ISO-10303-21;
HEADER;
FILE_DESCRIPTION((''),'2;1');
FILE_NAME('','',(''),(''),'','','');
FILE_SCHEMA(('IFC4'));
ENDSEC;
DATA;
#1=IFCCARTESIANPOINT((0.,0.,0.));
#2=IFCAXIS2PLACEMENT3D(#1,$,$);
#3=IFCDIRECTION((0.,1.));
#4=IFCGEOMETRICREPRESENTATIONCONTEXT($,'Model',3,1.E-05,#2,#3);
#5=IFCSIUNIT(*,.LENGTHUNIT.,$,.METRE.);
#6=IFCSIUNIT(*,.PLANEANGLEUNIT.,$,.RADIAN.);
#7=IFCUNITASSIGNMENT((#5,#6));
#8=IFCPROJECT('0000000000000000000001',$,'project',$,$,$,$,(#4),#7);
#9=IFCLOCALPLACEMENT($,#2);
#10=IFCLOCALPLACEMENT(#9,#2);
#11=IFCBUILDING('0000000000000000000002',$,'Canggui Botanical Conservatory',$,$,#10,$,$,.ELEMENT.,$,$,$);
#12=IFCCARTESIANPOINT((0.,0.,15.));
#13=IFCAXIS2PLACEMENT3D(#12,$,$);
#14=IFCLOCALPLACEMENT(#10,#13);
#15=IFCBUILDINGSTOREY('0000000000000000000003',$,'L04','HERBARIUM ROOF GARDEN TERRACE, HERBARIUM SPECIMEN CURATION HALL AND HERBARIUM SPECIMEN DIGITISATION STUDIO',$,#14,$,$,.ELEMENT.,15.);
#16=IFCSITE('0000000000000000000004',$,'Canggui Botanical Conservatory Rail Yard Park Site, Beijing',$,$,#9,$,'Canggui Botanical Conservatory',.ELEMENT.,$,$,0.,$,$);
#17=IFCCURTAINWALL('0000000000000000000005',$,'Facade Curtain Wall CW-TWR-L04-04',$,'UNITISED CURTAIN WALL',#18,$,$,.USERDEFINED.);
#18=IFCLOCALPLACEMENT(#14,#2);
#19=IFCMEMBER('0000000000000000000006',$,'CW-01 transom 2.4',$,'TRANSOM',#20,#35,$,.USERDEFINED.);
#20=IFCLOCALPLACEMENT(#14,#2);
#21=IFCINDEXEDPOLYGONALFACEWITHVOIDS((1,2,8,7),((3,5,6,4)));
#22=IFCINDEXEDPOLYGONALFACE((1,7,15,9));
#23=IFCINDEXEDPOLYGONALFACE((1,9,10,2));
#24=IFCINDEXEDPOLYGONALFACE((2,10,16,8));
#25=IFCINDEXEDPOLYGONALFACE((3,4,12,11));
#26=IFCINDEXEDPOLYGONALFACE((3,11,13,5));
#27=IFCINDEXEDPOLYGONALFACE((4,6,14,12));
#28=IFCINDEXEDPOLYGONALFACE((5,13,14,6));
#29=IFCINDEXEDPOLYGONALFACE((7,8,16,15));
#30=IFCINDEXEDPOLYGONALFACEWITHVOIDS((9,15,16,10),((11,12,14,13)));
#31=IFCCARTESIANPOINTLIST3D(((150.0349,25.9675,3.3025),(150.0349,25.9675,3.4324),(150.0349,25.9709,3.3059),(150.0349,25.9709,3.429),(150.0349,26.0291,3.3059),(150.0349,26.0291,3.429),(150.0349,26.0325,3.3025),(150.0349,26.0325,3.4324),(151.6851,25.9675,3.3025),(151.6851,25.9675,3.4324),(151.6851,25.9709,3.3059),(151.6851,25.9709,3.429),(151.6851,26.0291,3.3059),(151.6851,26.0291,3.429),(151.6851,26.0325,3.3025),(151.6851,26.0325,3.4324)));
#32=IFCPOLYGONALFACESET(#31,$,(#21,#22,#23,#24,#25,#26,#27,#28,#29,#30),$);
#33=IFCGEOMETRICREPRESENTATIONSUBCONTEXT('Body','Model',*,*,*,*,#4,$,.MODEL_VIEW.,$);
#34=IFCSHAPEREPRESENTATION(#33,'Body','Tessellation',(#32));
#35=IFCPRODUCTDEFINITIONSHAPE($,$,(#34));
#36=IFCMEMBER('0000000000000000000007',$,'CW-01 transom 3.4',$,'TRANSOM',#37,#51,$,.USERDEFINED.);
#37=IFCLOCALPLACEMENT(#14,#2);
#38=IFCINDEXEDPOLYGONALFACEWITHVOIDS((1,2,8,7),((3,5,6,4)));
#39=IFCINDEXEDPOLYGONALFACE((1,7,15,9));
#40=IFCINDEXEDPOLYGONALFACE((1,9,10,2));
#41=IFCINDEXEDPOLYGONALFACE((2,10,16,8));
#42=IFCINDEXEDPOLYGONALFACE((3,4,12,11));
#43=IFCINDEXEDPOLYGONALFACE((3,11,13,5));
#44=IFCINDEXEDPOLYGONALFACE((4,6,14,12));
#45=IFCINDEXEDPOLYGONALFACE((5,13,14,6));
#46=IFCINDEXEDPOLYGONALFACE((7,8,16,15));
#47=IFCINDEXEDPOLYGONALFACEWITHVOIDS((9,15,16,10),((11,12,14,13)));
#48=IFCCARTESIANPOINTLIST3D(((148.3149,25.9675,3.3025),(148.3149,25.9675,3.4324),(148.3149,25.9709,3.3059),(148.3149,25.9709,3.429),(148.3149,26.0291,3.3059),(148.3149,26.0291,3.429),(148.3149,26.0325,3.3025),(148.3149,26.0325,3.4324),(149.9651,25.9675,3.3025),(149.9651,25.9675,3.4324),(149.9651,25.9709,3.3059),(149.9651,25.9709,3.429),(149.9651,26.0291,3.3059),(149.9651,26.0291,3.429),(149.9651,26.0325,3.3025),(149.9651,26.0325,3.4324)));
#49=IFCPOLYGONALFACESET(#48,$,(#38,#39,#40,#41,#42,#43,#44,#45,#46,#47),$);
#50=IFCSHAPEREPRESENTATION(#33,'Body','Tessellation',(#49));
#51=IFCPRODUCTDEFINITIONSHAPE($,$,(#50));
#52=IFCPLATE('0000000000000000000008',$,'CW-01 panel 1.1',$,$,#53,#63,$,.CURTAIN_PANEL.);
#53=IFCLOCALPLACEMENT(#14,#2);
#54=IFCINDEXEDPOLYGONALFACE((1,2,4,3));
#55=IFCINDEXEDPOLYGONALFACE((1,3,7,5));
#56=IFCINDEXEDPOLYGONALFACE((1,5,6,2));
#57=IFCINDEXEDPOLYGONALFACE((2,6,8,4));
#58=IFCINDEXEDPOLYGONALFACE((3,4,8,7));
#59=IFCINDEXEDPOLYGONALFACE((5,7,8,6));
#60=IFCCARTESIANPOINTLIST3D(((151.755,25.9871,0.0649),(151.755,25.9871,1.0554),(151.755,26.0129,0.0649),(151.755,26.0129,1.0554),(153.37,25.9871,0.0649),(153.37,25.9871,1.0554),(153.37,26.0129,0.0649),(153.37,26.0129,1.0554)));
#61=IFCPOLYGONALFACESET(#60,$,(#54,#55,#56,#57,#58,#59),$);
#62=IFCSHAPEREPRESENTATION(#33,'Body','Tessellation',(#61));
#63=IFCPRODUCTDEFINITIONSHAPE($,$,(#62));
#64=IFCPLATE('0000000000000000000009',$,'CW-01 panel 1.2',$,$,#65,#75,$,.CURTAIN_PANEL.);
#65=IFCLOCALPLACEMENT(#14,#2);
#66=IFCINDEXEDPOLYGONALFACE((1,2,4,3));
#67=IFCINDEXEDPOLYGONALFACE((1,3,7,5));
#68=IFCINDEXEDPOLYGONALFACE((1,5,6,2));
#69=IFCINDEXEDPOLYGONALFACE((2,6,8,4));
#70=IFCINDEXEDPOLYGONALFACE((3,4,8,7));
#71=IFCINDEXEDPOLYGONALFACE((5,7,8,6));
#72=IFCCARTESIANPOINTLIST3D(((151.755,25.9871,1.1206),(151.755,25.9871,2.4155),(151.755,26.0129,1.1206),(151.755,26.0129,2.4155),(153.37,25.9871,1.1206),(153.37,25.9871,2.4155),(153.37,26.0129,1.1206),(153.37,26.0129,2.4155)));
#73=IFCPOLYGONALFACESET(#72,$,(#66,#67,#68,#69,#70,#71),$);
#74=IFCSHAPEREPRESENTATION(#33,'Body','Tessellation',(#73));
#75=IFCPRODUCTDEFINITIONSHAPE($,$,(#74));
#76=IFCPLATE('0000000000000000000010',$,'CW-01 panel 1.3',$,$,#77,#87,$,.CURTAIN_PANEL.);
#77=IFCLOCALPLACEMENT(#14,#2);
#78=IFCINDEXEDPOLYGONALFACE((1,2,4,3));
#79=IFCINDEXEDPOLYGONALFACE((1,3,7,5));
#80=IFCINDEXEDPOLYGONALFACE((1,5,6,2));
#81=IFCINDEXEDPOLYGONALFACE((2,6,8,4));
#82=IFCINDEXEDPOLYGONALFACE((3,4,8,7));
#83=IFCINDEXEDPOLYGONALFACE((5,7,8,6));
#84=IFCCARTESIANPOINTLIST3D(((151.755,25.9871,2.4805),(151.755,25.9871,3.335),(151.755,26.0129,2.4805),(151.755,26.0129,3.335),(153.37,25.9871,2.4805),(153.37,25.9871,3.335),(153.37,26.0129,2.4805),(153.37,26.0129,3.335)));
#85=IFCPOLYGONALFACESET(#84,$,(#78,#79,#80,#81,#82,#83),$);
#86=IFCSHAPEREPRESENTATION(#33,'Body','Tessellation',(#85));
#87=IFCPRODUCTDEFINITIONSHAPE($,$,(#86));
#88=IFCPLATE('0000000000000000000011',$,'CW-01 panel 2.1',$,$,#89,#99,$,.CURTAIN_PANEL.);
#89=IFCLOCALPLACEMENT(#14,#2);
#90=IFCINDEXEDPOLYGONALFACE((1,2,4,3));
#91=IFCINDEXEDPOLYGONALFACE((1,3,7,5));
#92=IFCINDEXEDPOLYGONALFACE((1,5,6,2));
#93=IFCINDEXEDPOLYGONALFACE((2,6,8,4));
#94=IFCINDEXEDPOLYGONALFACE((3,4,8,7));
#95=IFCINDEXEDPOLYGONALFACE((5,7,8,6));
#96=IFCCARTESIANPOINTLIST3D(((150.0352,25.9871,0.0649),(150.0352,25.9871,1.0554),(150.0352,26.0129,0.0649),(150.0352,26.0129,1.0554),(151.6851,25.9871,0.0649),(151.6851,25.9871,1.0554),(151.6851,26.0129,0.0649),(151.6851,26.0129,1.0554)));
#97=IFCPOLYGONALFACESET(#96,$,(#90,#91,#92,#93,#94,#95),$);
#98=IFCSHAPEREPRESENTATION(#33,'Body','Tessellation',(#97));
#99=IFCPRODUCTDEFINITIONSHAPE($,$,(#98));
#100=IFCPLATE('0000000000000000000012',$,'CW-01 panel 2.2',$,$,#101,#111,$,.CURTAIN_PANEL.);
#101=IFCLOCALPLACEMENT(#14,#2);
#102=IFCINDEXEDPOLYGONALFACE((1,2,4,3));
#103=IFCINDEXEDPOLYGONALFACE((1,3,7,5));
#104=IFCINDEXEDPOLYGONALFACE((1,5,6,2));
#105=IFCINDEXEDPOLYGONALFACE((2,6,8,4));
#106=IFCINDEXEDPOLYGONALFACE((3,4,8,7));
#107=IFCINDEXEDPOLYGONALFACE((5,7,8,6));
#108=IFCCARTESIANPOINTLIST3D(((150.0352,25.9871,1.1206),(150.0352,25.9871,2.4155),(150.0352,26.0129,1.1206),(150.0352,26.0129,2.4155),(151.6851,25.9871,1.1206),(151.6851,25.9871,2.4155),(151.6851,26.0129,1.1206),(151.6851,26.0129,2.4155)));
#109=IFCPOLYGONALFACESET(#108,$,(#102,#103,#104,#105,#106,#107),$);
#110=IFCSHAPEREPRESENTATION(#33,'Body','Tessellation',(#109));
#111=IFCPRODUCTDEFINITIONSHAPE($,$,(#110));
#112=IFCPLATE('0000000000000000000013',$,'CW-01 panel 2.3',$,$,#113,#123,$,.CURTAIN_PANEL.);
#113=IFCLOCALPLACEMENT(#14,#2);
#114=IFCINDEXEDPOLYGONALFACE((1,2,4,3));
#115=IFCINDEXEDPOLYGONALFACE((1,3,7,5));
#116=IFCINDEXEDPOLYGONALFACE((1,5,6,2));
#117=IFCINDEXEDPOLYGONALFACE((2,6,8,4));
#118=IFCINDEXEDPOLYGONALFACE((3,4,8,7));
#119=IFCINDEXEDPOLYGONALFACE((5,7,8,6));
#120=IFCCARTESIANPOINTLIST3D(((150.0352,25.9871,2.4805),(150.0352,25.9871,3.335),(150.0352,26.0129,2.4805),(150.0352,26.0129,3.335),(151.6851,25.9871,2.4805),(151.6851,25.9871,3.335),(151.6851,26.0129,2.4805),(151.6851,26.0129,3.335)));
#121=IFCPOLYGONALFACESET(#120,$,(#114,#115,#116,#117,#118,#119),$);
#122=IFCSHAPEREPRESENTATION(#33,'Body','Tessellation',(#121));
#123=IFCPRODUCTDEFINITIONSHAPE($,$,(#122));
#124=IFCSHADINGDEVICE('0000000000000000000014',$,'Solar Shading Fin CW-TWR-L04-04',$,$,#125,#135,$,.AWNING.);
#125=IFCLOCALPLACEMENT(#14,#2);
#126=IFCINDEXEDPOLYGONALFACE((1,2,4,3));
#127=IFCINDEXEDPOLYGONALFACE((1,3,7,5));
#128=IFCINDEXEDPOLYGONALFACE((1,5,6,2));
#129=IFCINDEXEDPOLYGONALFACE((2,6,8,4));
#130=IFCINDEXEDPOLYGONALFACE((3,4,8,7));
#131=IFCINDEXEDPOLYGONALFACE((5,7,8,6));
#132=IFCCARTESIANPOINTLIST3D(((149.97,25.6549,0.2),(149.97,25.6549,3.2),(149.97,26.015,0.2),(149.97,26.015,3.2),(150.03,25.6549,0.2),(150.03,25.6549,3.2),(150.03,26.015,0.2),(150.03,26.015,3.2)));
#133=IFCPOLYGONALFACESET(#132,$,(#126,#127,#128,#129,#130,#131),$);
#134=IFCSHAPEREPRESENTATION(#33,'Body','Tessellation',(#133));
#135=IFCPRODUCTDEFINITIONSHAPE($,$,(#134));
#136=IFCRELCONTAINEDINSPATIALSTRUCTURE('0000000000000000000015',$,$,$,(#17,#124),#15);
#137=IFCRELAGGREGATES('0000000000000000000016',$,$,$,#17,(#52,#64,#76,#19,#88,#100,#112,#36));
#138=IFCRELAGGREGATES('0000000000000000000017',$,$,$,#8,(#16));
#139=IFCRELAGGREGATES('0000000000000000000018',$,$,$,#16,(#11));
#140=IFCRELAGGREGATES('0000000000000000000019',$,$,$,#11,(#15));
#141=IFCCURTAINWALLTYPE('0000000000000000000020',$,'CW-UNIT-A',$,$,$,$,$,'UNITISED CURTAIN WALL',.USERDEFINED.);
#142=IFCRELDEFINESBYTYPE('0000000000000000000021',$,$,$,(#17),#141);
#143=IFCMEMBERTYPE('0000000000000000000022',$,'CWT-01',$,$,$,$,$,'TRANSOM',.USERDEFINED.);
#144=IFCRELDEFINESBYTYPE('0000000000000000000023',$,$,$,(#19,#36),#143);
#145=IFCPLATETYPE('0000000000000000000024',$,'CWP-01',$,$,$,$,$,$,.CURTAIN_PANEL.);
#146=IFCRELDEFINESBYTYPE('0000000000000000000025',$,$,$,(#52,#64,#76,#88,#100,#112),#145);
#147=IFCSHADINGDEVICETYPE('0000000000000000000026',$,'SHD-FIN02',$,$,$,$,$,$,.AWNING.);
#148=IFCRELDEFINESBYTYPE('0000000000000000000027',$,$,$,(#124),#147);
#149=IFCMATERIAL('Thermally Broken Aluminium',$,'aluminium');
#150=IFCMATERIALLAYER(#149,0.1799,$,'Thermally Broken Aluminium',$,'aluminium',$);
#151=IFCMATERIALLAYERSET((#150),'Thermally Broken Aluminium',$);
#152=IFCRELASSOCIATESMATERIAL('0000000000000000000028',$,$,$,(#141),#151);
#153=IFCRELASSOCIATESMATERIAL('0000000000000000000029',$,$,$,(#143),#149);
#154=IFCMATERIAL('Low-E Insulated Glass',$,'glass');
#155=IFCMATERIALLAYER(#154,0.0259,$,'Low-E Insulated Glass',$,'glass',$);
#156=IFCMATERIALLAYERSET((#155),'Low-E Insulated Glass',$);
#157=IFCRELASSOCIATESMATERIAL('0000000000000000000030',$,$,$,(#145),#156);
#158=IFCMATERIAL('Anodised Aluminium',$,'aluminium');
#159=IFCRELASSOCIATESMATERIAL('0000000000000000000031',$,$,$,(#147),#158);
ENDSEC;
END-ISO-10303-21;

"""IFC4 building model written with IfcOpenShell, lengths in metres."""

from ifc_helpers import new_model, si_unit, direction, frame, origin, origin_2d, place, context, subcontext, project, spatial, rectangle, hollow_rectangle, extrude, material, layer, layer_set, material_profile, profile_set, type_object, element, aggregate, save


model = new_model("IFC4")

# Units and contexts
model_context = context("Model", 3, precision=1e-05, world=origin(), true_north=direction((0.0, 1.0)))
body_context = subcontext(model_context, "Body", "Model", "MODEL_VIEW")
ifc_project = project(units=[si_unit("LENGTHUNIT", "METRE"), si_unit("PLANEANGLEUNIT", "RADIAN")], contexts=[model_context])

# Site, building, storey
site_placement = place(None, origin())
site = spatial("IfcSite", under=ifc_project, at=site_placement, Name="Canggui Botanical Conservatory Rail Yard Park Site, Beijing", LongName="Canggui Botanical Conservatory", CompositionType="ELEMENT", RefElevation=0.0)
building_placement = place(site_placement, origin())
building = spatial("IfcBuilding", under=site, at=building_placement, Name="Canggui Botanical Conservatory", CompositionType="ELEMENT")
storey_placement = place(building_placement, frame((0.0, 0.0, 15.0)))
storey = spatial("IfcBuildingStorey", under=building, at=storey_placement, Name="L04", Description="HERBARIUM ROOF GARDEN TERRACE, HERBARIUM SPECIMEN CURATION HALL AND HERBARIUM SPECIMEN DIGITISATION STUDIO", CompositionType="ELEMENT", Elevation=15.0)

# Curtain wall, members, plates
ifc_material_1 = material(Name="Thermally Broken Aluminium", Category="aluminium")
ifc_layer_1 = layer(ifc_material_1, 0.1799, Name="Thermally Broken Aluminium", Category="aluminium")
ifc_layer_set_1 = layer_set([ifc_layer_1], Name="Thermally Broken Aluminium")
curtain_wall_type = type_object("IfcCurtainWallType", Name="CW-UNIT-A", ElementType="UNITISED CURTAIN WALL", PredefinedType="USERDEFINED", material=ifc_layer_set_1)
curtain_wall_placement = place(storey_placement, origin())
curtain_wall = element("IfcCurtainWall", 1, at=curtain_wall_placement, inside=storey, type_object=curtain_wall_type, Name="Facade Curtain Wall CW-TWR-L04-04", ObjectType="UNITISED CURTAIN WALL", PredefinedType="USERDEFINED")
ifc_material_profile_1 = material_profile(ifc_material_1, hollow_rectangle(XDim=0.0649, YDim=0.1299, WallThickness=0.0034, at=origin_2d()), Name="CWT 65x130x3.5")
ifc_profile_set_1 = profile_set([ifc_material_profile_1], Name="Thermally Broken Aluminium")
member_type_1 = type_object("IfcMemberType", Name="CWT-01", ElementType="TRANSOM", PredefinedType="USERDEFINED", material=ifc_profile_set_1)
member_1_placement = place(storey_placement, frame((151.6851, 26.0, 3.3674), z_axis=(-1.0, 0.0, 0.0), x_axis=(0.0, -1.0, 0.0)))
member_1 = element("IfcMember", 2, at=member_1_placement, type_object=member_type_1, Name="CW-01 transom 2.4", ObjectType="TRANSOM", PredefinedType="USERDEFINED", context=body_context, shape_type="SweptSolid", body=[
    extrude(hollow_rectangle(XDim=0.0649, YDim=0.1299, WallThickness=0.0034, at=origin_2d()), origin(), (0.0, 0.0, 1.0), 1.6501),
])
member_2_placement = place(storey_placement, frame((149.9651, 26.0, 3.3674), z_axis=(-1.0, 0.0, 0.0), x_axis=(0.0, -1.0, 0.0)))
member_2 = element("IfcMember", 3, at=member_2_placement, type_object=member_type_1, Name="CW-01 transom 3.4", ObjectType="TRANSOM", PredefinedType="USERDEFINED", context=body_context, shape_type="SweptSolid", body=[
    extrude(hollow_rectangle(XDim=0.0649, YDim=0.1299, WallThickness=0.0034, at=origin_2d()), origin(), (0.0, 0.0, 1.0), 1.6501),
])
ifc_material_2 = material(Name="Low-E Insulated Glass", Category="glass")
ifc_layer_2 = layer(ifc_material_2, 0.0259, Name="Low-E Insulated Glass", Category="glass")
ifc_layer_set_2 = layer_set([ifc_layer_2], Name="Low-E Insulated Glass")
plate_type = type_object("IfcPlateType", Name="CWP-01", PredefinedType="CURTAIN_PANEL", material=ifc_layer_set_2)
plate_1_placement = place(storey_placement, frame((152.5625, 26.0, 0.0649), z_axis=(0.0, 0.0, 1.0), x_axis=(-1.0, 0.0, 0.0)))
plate_1 = element("IfcPlate", 4, at=plate_1_placement, type_object=plate_type, Name="CW-01 panel 1.1", PredefinedType="CURTAIN_PANEL", context=body_context, shape_type="SweptSolid", body=[
    extrude(rectangle(XDim=1.615, YDim=0.0259, at=origin_2d()), origin(), (0.0, 0.0, 1.0), 0.9905),
])
plate_2_placement = place(storey_placement, frame((152.5625, 26.0, 1.1206), z_axis=(0.0, 0.0, 1.0), x_axis=(-1.0, 0.0, 0.0)))
plate_2 = element("IfcPlate", 5, at=plate_2_placement, type_object=plate_type, Name="CW-01 panel 1.2", PredefinedType="CURTAIN_PANEL", context=body_context, shape_type="SweptSolid", body=[
    extrude(rectangle(XDim=1.615, YDim=0.0259, at=origin_2d()), origin(), (0.0, 0.0, 1.0), 1.2949),
])
plate_3_placement = place(storey_placement, frame((152.5625, 26.0, 2.4805), z_axis=(0.0, 0.0, 1.0), x_axis=(-1.0, 0.0, 0.0)))
plate_3 = element("IfcPlate", 6, at=plate_3_placement, type_object=plate_type, Name="CW-01 panel 1.3", PredefinedType="CURTAIN_PANEL", context=body_context, shape_type="SweptSolid", body=[
    extrude(rectangle(XDim=1.615, YDim=0.0259, at=origin_2d()), origin(), (0.0, 0.0, 1.0), 0.8545),
])
plate_4_placement = place(storey_placement, frame((150.8601, 26.0, 0.0649), z_axis=(0.0, 0.0, 1.0), x_axis=(-1.0, 0.0, 0.0)))
plate_4 = element("IfcPlate", 7, at=plate_4_placement, type_object=plate_type, Name="CW-01 panel 2.1", PredefinedType="CURTAIN_PANEL", context=body_context, shape_type="SweptSolid", body=[
    extrude(rectangle(XDim=1.6499, YDim=0.0259, at=origin_2d()), origin(), (0.0, 0.0, 1.0), 0.9905),
])
plate_5_placement = place(storey_placement, frame((150.8601, 26.0, 1.1206), z_axis=(0.0, 0.0, 1.0), x_axis=(-1.0, 0.0, 0.0)))
plate_5 = element("IfcPlate", 8, at=plate_5_placement, type_object=plate_type, Name="CW-01 panel 2.2", PredefinedType="CURTAIN_PANEL", context=body_context, shape_type="SweptSolid", body=[
    extrude(rectangle(XDim=1.6499, YDim=0.0259, at=origin_2d()), origin(), (0.0, 0.0, 1.0), 1.2949),
])
plate_6_placement = place(storey_placement, frame((150.8601, 26.0, 2.4805), z_axis=(0.0, 0.0, 1.0), x_axis=(-1.0, 0.0, 0.0)))
plate_6 = element("IfcPlate", 9, at=plate_6_placement, type_object=plate_type, Name="CW-01 panel 2.3", PredefinedType="CURTAIN_PANEL", context=body_context, shape_type="SweptSolid", body=[
    extrude(rectangle(XDim=1.6499, YDim=0.0259, at=origin_2d()), origin(), (0.0, 0.0, 1.0), 0.8545),
])
aggregate(curtain_wall, [plate_1, plate_2, plate_3, member_1, plate_4, plate_5, plate_6, member_2])

# Shading device
ifc_material_3 = material(Name="Anodised Aluminium", Category="aluminium")
shading_device_type = type_object("IfcShadingDeviceType", Name="SHD-FIN02", PredefinedType="AWNING", material=ifc_material_3)
shading_device_placement = place(storey_placement, frame((150.0, 25.835, 0.2), z_axis=(0.0, 0.0, 1.0), x_axis=(-1.0, 0.0, 0.0)))
element("IfcShadingDevice", 10, at=shading_device_placement, inside=storey, type_object=shading_device_type, Name="Solar Shading Fin CW-TWR-L04-04", PredefinedType="AWNING", context=body_context, shape_type="SweptSolid", body=[
    extrude(rectangle(XDim=0.0601, YDim=0.3601, at=origin_2d()), origin(), (0.0, 0.0, 1.0), 3.0),
])

save(model, "model.ifc")
